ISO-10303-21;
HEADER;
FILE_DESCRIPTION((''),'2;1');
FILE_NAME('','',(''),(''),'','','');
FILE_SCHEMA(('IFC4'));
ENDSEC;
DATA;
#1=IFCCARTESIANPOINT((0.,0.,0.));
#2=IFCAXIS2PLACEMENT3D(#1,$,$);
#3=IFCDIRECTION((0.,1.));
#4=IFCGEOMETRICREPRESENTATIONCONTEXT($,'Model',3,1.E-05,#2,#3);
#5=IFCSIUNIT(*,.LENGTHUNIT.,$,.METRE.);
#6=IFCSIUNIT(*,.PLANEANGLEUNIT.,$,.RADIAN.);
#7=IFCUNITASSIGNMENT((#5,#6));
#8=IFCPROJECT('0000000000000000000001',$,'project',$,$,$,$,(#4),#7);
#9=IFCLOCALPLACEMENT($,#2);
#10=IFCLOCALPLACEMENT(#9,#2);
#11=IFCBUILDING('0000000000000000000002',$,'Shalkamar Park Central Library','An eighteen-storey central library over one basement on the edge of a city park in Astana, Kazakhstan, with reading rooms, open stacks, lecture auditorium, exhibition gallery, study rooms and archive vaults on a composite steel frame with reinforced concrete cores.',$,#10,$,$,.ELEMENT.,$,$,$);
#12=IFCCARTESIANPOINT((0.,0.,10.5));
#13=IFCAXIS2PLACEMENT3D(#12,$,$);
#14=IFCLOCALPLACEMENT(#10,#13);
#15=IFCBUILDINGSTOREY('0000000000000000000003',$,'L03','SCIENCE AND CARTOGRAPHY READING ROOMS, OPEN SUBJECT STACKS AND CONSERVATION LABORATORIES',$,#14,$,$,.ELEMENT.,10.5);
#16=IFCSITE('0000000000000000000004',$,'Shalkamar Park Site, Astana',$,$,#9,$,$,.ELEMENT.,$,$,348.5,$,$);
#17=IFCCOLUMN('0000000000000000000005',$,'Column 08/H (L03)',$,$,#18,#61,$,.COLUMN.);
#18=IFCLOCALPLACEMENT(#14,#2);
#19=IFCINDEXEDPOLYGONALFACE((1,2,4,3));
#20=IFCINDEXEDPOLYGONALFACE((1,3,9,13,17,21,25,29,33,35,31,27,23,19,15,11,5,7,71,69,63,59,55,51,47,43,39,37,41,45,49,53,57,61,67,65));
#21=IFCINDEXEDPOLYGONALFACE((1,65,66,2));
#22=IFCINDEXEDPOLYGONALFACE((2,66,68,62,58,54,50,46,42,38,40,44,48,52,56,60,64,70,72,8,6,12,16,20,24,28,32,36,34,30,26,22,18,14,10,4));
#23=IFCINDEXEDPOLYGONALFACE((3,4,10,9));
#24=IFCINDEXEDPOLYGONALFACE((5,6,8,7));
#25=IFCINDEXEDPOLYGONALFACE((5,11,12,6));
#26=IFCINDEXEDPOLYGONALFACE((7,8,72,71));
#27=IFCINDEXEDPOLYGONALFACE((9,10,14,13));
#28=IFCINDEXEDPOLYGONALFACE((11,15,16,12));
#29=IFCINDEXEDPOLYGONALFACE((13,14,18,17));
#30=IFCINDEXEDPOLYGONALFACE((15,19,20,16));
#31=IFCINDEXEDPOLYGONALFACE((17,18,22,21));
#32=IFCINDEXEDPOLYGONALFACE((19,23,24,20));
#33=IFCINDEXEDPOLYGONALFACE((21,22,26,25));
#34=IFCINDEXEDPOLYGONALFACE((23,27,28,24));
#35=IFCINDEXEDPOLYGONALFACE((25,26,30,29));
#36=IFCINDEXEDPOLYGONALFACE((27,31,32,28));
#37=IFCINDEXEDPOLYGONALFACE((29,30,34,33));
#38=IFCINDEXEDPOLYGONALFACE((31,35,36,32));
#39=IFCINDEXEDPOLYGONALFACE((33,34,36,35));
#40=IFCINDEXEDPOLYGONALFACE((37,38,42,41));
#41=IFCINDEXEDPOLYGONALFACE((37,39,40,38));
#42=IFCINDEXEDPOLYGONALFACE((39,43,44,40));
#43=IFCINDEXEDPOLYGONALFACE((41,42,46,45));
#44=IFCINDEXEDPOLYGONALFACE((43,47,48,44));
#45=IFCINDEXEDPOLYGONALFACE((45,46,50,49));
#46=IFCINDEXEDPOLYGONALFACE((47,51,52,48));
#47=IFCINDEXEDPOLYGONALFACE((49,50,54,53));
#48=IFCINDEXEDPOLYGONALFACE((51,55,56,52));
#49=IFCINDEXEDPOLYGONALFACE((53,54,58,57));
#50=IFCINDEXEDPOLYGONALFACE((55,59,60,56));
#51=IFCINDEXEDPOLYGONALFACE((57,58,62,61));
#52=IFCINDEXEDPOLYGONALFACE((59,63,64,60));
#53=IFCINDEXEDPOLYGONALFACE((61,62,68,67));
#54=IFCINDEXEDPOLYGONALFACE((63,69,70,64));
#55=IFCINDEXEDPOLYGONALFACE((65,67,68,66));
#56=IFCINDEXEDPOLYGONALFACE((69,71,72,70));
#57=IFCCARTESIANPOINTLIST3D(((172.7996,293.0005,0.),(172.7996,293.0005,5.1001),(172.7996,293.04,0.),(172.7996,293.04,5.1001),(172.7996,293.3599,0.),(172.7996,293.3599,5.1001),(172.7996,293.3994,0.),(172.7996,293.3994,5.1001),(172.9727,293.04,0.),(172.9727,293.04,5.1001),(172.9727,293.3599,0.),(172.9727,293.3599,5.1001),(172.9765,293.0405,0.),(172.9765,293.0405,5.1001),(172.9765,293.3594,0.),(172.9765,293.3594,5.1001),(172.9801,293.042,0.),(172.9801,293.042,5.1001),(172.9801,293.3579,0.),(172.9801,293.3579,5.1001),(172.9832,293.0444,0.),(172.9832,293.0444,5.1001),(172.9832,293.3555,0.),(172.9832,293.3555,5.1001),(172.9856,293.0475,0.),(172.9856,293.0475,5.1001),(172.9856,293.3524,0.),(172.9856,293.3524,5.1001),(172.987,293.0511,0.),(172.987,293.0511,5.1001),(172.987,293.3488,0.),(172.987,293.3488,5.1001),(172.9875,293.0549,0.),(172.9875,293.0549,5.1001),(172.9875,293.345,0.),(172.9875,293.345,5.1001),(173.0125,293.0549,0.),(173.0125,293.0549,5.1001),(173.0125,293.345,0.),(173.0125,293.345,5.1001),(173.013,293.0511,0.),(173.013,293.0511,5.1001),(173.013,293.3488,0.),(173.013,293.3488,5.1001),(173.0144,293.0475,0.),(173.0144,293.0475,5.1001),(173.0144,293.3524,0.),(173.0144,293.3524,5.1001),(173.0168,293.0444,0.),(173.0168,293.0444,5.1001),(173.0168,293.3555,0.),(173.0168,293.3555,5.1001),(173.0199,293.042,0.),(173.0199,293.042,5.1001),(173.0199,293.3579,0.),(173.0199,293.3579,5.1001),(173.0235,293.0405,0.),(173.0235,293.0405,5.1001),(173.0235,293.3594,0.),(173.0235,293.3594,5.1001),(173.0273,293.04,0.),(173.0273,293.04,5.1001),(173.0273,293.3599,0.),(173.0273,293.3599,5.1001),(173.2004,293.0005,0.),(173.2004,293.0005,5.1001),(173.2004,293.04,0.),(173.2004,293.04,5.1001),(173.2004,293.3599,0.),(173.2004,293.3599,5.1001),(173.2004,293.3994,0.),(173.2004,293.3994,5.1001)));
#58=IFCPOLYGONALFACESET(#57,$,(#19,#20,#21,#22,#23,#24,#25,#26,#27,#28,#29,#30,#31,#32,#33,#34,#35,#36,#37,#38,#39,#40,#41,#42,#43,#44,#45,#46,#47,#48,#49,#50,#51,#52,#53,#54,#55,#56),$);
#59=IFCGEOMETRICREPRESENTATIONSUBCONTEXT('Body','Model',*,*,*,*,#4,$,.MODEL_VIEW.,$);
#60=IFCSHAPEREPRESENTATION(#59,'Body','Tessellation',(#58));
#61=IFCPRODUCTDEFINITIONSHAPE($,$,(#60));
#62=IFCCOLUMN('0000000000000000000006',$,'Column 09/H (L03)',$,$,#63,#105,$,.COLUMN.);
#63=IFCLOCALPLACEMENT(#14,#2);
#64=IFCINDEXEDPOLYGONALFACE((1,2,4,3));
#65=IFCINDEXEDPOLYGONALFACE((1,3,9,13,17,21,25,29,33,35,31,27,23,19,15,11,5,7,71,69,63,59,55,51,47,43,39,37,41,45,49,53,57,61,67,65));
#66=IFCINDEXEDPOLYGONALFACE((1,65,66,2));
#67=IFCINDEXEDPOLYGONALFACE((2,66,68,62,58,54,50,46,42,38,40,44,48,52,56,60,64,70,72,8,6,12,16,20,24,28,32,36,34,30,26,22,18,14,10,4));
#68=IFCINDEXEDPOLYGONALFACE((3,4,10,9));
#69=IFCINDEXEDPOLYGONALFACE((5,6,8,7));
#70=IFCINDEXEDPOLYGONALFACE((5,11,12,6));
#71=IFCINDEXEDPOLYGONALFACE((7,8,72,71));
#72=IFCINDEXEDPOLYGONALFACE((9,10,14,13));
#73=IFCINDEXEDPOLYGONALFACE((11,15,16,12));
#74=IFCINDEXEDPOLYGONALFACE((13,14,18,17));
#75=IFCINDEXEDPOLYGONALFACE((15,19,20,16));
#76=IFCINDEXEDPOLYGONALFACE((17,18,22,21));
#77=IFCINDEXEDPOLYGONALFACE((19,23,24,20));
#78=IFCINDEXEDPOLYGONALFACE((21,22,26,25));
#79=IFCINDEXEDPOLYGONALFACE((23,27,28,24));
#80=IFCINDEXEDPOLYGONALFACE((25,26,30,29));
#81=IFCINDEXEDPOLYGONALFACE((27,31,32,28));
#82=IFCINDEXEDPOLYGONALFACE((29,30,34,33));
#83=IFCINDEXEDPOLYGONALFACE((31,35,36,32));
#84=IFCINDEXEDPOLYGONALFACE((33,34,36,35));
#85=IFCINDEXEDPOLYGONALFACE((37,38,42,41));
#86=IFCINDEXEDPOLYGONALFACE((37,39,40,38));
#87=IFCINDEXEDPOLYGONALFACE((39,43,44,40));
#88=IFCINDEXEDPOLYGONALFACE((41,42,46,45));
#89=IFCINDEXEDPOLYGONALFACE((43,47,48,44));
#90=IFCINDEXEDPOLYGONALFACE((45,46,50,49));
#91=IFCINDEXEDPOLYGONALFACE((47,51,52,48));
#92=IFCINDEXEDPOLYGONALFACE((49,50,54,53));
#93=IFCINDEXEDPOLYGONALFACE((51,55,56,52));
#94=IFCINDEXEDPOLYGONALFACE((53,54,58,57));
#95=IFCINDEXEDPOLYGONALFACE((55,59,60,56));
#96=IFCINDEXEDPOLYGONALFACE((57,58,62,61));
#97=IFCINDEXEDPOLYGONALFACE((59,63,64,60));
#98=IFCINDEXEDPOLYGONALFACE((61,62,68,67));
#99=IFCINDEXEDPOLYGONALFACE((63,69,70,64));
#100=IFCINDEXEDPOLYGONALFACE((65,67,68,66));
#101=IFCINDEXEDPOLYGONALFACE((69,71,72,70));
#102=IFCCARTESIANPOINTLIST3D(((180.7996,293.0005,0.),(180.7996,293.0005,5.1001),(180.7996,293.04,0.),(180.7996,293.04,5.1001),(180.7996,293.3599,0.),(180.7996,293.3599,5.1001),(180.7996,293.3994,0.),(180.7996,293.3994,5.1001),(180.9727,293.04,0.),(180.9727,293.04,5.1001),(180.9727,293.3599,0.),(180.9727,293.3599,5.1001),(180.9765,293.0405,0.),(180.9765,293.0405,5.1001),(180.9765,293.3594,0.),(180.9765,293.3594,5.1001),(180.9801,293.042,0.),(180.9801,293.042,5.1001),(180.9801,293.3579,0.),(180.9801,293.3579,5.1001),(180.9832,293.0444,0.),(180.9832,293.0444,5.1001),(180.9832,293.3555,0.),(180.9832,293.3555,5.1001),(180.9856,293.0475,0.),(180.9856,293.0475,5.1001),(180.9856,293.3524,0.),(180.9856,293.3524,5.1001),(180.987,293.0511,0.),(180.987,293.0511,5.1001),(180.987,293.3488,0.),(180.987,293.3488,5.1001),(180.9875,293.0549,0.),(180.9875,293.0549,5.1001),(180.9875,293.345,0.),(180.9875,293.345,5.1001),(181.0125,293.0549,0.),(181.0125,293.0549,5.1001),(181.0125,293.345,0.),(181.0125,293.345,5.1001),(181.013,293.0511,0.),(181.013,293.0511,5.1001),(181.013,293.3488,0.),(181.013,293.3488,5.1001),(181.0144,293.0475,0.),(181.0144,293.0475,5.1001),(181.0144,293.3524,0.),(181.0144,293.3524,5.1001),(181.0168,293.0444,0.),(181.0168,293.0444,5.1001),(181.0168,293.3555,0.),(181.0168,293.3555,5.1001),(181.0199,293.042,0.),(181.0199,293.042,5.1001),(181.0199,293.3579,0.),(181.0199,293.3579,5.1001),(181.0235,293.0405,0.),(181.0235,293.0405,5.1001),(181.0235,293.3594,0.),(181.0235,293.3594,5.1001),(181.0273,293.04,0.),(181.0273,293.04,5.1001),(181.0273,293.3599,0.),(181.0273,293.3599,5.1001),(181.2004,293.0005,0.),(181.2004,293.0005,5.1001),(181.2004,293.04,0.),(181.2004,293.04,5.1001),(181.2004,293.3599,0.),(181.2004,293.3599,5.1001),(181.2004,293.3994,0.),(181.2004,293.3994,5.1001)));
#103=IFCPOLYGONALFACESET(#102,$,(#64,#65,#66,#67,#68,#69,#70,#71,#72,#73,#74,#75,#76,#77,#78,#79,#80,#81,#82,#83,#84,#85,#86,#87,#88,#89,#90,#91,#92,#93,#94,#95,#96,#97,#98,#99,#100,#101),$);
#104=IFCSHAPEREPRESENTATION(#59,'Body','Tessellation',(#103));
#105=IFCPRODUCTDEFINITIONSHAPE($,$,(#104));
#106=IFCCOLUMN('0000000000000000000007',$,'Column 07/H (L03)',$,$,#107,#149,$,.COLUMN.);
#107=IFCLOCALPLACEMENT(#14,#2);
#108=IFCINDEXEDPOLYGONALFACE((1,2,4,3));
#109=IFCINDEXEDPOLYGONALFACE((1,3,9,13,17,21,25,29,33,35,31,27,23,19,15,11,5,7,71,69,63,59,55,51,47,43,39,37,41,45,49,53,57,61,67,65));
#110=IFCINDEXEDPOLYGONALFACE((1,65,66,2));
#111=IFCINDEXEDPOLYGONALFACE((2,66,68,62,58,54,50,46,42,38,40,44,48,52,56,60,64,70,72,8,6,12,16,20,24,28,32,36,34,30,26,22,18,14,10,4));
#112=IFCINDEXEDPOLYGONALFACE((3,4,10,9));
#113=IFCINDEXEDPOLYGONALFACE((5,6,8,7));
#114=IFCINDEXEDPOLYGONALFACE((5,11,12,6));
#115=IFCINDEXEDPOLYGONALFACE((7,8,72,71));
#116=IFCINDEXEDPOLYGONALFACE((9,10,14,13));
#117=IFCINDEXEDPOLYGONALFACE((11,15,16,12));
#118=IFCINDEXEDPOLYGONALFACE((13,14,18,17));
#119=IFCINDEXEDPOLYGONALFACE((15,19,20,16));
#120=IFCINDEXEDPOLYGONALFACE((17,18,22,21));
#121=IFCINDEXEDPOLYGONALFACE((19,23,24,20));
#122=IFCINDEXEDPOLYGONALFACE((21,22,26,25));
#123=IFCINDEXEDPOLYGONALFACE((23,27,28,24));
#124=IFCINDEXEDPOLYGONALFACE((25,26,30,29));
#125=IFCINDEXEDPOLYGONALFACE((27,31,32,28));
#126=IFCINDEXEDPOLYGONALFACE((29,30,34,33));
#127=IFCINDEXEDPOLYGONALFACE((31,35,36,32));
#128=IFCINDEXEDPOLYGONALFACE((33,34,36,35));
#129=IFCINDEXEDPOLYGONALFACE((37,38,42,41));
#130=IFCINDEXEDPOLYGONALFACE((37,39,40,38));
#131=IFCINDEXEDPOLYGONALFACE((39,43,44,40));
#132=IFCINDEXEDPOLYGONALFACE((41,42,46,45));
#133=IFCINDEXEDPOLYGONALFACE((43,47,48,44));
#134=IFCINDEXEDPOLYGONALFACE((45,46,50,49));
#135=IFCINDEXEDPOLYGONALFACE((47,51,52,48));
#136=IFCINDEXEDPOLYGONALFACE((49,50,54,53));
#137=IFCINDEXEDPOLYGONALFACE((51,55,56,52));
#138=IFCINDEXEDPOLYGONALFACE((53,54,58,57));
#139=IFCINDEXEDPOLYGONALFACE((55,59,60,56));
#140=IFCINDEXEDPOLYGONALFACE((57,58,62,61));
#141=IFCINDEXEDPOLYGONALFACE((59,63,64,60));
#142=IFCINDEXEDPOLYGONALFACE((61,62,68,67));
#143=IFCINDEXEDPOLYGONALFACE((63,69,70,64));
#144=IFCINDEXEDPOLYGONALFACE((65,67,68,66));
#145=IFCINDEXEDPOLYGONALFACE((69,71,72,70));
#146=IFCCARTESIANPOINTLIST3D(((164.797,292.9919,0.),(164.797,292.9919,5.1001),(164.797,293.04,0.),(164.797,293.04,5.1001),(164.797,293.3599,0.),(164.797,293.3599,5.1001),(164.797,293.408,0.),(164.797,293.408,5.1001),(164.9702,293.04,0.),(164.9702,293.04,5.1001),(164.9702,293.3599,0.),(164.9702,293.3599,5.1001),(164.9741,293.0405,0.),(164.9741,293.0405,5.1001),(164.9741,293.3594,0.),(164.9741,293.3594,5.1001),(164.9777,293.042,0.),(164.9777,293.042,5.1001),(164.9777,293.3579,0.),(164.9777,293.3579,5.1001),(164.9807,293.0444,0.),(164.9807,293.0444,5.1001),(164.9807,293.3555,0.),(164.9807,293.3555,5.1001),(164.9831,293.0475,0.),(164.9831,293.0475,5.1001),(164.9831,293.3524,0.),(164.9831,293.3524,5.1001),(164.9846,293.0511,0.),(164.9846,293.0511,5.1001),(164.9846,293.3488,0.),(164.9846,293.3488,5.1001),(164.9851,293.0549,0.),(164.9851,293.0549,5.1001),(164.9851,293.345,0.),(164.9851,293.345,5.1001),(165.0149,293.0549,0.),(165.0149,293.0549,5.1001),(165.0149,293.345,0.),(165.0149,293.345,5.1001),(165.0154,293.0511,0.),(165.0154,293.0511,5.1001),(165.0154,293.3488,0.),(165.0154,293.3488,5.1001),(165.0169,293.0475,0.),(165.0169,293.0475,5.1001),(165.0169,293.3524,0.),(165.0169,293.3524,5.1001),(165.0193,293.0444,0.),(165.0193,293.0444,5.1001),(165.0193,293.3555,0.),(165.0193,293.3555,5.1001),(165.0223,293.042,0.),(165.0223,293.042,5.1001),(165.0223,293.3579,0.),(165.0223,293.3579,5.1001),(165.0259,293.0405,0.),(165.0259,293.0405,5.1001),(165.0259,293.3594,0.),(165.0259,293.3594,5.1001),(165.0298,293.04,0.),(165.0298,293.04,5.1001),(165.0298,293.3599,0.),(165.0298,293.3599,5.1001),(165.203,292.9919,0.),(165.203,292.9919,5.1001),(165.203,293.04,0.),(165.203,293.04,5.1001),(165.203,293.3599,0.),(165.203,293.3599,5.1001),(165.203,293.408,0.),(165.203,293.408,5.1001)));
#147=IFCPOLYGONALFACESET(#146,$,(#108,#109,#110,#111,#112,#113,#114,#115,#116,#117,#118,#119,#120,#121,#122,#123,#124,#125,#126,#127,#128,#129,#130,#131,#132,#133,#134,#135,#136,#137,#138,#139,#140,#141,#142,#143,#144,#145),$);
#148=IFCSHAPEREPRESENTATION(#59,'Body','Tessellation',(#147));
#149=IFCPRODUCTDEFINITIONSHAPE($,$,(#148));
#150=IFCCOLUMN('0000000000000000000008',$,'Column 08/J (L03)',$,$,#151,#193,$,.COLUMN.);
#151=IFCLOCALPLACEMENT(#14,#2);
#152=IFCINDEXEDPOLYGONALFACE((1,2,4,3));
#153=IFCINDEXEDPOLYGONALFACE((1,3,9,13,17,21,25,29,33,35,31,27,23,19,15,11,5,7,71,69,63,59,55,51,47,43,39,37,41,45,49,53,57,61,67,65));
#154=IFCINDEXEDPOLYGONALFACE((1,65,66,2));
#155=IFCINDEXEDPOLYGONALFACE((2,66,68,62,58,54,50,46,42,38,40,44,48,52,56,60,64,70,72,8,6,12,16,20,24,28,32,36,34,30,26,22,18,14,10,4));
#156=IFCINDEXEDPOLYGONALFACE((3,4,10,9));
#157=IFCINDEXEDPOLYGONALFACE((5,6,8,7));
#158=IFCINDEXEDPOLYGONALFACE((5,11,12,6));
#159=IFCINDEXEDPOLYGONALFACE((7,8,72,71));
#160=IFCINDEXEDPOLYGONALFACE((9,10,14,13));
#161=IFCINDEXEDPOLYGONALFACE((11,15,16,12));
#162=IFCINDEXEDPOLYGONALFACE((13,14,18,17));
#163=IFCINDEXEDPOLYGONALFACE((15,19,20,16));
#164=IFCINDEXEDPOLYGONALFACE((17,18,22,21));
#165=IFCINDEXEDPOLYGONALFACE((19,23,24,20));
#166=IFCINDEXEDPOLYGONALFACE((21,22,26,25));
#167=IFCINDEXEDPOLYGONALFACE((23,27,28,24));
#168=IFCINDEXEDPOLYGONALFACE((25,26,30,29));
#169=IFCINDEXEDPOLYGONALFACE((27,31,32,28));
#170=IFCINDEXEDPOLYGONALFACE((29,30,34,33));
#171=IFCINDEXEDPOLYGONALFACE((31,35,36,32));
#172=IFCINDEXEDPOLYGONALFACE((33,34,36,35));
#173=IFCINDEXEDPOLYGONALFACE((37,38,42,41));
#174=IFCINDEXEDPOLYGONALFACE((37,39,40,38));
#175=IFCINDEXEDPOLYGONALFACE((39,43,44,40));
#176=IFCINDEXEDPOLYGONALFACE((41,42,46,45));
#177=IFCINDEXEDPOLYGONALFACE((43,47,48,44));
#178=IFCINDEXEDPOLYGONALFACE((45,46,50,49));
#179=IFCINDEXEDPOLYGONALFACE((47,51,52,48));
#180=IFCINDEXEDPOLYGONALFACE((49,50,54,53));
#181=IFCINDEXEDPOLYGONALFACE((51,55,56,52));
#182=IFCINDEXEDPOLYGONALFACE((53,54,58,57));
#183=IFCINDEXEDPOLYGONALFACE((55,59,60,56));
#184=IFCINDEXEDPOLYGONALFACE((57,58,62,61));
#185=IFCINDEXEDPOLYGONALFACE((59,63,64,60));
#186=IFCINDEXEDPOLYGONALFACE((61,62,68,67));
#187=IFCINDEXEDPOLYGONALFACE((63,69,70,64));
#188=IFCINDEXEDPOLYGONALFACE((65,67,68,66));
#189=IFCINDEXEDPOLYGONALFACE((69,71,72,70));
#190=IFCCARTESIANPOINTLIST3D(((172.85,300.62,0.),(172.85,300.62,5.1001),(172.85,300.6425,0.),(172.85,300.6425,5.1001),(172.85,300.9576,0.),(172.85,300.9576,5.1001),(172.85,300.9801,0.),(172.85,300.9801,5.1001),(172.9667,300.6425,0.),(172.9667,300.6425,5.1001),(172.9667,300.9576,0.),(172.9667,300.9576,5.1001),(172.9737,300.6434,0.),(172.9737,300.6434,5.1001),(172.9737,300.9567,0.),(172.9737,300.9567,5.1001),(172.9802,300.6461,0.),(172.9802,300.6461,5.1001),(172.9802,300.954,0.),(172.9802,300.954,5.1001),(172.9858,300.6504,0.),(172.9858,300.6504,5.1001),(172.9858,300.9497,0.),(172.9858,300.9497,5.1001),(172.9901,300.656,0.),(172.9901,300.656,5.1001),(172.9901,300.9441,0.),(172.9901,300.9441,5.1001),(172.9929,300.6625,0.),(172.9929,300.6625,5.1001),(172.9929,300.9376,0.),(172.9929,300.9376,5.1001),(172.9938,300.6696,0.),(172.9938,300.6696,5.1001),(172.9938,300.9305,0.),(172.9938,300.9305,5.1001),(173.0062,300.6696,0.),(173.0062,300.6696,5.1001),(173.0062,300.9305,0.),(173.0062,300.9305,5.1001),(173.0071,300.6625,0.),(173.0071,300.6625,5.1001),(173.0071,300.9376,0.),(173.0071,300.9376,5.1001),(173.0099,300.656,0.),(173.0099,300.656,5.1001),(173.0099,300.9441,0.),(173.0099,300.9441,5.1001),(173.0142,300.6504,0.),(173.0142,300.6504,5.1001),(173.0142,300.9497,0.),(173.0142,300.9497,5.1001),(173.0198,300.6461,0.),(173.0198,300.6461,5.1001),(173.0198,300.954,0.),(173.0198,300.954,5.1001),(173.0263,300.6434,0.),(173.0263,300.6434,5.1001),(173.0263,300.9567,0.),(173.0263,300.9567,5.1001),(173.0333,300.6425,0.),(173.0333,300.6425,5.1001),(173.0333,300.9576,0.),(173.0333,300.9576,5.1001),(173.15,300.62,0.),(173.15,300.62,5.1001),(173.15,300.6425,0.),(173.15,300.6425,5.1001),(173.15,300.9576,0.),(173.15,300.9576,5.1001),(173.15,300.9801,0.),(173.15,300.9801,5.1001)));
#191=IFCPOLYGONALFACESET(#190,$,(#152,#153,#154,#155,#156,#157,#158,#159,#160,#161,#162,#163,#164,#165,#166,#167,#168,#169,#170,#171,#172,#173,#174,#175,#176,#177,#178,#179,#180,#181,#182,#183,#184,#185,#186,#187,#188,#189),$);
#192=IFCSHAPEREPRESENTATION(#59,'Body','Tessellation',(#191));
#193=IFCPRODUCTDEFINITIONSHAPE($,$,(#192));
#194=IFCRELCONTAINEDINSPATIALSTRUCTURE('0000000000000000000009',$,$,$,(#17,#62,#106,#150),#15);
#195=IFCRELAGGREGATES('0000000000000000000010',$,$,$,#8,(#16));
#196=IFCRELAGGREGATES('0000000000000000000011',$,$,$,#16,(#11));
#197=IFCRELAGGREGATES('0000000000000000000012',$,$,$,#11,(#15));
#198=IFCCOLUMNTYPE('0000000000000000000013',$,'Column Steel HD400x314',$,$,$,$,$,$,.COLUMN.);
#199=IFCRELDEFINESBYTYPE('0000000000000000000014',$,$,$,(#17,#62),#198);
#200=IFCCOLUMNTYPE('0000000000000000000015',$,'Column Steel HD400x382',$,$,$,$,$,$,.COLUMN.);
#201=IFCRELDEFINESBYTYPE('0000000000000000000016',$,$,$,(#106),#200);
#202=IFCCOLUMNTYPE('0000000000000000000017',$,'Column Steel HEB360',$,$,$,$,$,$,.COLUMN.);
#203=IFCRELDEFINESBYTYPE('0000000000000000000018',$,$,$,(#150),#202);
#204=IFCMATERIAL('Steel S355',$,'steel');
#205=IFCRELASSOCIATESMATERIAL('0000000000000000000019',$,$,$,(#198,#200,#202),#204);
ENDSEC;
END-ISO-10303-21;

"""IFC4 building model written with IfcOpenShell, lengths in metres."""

from ifc_helpers import new_model, si_unit, direction, frame, origin, origin_2d, place, context, subcontext, project, spatial, i_section, extrude, material, material_profile, profile_set, type_object, element, save


model = new_model("IFC4")

# Units and contexts
model_context = context("Model", 3, precision=1e-05, world=origin(), true_north=direction((0.0, 1.0)))
body_context = subcontext(model_context, "Body", "Model", "MODEL_VIEW")
ifc_project = project(units=[si_unit("LENGTHUNIT", "METRE"), si_unit("PLANEANGLEUNIT", "RADIAN")], contexts=[model_context])

# Site, building, storey
site_placement = place(None, origin())
site = spatial("IfcSite", under=ifc_project, at=site_placement, Name="Shalkamar Park Site, Astana", CompositionType="ELEMENT", RefElevation=348.5)
building_placement = place(site_placement, origin())
building = spatial("IfcBuilding", under=site, at=building_placement, Name="Shalkamar Park Central Library", Description="An eighteen-storey central library over one basement on the edge of a city park in Astana, Kazakhstan, with reading rooms, open stacks, lecture auditorium, exhibition gallery, study rooms and archive vaults on a composite steel frame with reinforced concrete cores.", CompositionType="ELEMENT")
storey_placement = place(building_placement, frame((0.0, 0.0, 10.5)))
storey = spatial("IfcBuildingStorey", under=building, at=storey_placement, Name="L03", Description="SCIENCE AND CARTOGRAPHY READING ROOMS, OPEN SUBJECT STACKS AND CONSERVATION LABORATORIES", CompositionType="ELEMENT", Elevation=10.5)

# Columns
ifc_material_1 = material(Name="Steel S355", Category="steel")
ifc_material_profile_1 = material_profile(ifc_material_1, i_section(OverallWidth=0.4009, OverallDepth=0.3989, WebThickness=0.0249, FlangeThickness=0.0396, FilletRadius=0.0149, at=origin_2d()), Name="HD 400x314")
ifc_profile_set_1 = profile_set([ifc_material_profile_1], Name="Steel S355")
column_type_1 = type_object("IfcColumnType", Name="Column Steel HD400x314", PredefinedType="COLUMN", material=ifc_profile_set_1)
for number, where, z_axis, x_axis, name in (
    (1, (173.0, 293.2, 0.0), (0.0, 0.0, 1.0), (1.0, 0.0, 0.0), "Column 08/H (L03)"),
    (2, (181.0, 293.2, 0.0), (0.0, 0.0, 1.0), (1.0, 0.0, 0.0), "Column 09/H (L03)"),
):
    element("IfcColumn", number, at=place(storey_placement, frame(where, z_axis=z_axis, x_axis=x_axis)), inside=storey, type_object=column_type_1, Name=name, PredefinedType="COLUMN", context=body_context, shape_type="SweptSolid", body=[
        extrude(i_section(OverallWidth=0.4009, OverallDepth=0.3989, WebThickness=0.0249, FlangeThickness=0.0396, FilletRadius=0.0149, at=origin_2d()), origin(), (0.0, 0.0, 1.0), 5.1001),
    ])
ifc_material_profile_2 = material_profile(ifc_material_1, i_section(OverallWidth=0.406, OverallDepth=0.416, WebThickness=0.0298, FlangeThickness=0.0481, FilletRadius=0.0149, at=origin_2d()), Name="HD 400x382")
ifc_profile_set_2 = profile_set([ifc_material_profile_2], Name="Steel S355")
column_type_2 = type_object("IfcColumnType", Name="Column Steel HD400x382", PredefinedType="COLUMN", material=ifc_profile_set_2)
column_1_placement = place(storey_placement, frame((165.0, 293.2, 0.0), z_axis=(0.0, 0.0, 1.0), x_axis=(1.0, 0.0, 0.0)))
element("IfcColumn", 3, at=column_1_placement, inside=storey, type_object=column_type_2, Name="Column 07/H (L03)", PredefinedType="COLUMN", context=body_context, shape_type="SweptSolid", body=[
    extrude(i_section(OverallWidth=0.406, OverallDepth=0.416, WebThickness=0.0298, FlangeThickness=0.0481, FilletRadius=0.0149, at=origin_2d()), origin(), (0.0, 0.0, 1.0), 5.1001),
])
ifc_material_profile_3 = material_profile(ifc_material_1, i_section(OverallWidth=0.3, OverallDepth=0.3601, WebThickness=0.0125, FlangeThickness=0.0225, FilletRadius=0.0271, at=origin_2d()), Name="HEB 360")
ifc_profile_set_3 = profile_set([ifc_material_profile_3], Name="Steel S355")
column_type_3 = type_object("IfcColumnType", Name="Column Steel HEB360", PredefinedType="COLUMN", material=ifc_profile_set_3)
column_2_placement = place(storey_placement, frame((173.0, 300.8, 0.0), z_axis=(0.0, 0.0, 1.0), x_axis=(1.0, 0.0, 0.0)))
element("IfcColumn", 4, at=column_2_placement, inside=storey, type_object=column_type_3, Name="Column 08/J (L03)", PredefinedType="COLUMN", context=body_context, shape_type="SweptSolid", body=[
    extrude(i_section(OverallWidth=0.3, OverallDepth=0.3601, WebThickness=0.0125, FlangeThickness=0.0225, FilletRadius=0.0271, at=origin_2d()), origin(), (0.0, 0.0, 1.0), 5.1001),
])

save(model, "model.ifc")
